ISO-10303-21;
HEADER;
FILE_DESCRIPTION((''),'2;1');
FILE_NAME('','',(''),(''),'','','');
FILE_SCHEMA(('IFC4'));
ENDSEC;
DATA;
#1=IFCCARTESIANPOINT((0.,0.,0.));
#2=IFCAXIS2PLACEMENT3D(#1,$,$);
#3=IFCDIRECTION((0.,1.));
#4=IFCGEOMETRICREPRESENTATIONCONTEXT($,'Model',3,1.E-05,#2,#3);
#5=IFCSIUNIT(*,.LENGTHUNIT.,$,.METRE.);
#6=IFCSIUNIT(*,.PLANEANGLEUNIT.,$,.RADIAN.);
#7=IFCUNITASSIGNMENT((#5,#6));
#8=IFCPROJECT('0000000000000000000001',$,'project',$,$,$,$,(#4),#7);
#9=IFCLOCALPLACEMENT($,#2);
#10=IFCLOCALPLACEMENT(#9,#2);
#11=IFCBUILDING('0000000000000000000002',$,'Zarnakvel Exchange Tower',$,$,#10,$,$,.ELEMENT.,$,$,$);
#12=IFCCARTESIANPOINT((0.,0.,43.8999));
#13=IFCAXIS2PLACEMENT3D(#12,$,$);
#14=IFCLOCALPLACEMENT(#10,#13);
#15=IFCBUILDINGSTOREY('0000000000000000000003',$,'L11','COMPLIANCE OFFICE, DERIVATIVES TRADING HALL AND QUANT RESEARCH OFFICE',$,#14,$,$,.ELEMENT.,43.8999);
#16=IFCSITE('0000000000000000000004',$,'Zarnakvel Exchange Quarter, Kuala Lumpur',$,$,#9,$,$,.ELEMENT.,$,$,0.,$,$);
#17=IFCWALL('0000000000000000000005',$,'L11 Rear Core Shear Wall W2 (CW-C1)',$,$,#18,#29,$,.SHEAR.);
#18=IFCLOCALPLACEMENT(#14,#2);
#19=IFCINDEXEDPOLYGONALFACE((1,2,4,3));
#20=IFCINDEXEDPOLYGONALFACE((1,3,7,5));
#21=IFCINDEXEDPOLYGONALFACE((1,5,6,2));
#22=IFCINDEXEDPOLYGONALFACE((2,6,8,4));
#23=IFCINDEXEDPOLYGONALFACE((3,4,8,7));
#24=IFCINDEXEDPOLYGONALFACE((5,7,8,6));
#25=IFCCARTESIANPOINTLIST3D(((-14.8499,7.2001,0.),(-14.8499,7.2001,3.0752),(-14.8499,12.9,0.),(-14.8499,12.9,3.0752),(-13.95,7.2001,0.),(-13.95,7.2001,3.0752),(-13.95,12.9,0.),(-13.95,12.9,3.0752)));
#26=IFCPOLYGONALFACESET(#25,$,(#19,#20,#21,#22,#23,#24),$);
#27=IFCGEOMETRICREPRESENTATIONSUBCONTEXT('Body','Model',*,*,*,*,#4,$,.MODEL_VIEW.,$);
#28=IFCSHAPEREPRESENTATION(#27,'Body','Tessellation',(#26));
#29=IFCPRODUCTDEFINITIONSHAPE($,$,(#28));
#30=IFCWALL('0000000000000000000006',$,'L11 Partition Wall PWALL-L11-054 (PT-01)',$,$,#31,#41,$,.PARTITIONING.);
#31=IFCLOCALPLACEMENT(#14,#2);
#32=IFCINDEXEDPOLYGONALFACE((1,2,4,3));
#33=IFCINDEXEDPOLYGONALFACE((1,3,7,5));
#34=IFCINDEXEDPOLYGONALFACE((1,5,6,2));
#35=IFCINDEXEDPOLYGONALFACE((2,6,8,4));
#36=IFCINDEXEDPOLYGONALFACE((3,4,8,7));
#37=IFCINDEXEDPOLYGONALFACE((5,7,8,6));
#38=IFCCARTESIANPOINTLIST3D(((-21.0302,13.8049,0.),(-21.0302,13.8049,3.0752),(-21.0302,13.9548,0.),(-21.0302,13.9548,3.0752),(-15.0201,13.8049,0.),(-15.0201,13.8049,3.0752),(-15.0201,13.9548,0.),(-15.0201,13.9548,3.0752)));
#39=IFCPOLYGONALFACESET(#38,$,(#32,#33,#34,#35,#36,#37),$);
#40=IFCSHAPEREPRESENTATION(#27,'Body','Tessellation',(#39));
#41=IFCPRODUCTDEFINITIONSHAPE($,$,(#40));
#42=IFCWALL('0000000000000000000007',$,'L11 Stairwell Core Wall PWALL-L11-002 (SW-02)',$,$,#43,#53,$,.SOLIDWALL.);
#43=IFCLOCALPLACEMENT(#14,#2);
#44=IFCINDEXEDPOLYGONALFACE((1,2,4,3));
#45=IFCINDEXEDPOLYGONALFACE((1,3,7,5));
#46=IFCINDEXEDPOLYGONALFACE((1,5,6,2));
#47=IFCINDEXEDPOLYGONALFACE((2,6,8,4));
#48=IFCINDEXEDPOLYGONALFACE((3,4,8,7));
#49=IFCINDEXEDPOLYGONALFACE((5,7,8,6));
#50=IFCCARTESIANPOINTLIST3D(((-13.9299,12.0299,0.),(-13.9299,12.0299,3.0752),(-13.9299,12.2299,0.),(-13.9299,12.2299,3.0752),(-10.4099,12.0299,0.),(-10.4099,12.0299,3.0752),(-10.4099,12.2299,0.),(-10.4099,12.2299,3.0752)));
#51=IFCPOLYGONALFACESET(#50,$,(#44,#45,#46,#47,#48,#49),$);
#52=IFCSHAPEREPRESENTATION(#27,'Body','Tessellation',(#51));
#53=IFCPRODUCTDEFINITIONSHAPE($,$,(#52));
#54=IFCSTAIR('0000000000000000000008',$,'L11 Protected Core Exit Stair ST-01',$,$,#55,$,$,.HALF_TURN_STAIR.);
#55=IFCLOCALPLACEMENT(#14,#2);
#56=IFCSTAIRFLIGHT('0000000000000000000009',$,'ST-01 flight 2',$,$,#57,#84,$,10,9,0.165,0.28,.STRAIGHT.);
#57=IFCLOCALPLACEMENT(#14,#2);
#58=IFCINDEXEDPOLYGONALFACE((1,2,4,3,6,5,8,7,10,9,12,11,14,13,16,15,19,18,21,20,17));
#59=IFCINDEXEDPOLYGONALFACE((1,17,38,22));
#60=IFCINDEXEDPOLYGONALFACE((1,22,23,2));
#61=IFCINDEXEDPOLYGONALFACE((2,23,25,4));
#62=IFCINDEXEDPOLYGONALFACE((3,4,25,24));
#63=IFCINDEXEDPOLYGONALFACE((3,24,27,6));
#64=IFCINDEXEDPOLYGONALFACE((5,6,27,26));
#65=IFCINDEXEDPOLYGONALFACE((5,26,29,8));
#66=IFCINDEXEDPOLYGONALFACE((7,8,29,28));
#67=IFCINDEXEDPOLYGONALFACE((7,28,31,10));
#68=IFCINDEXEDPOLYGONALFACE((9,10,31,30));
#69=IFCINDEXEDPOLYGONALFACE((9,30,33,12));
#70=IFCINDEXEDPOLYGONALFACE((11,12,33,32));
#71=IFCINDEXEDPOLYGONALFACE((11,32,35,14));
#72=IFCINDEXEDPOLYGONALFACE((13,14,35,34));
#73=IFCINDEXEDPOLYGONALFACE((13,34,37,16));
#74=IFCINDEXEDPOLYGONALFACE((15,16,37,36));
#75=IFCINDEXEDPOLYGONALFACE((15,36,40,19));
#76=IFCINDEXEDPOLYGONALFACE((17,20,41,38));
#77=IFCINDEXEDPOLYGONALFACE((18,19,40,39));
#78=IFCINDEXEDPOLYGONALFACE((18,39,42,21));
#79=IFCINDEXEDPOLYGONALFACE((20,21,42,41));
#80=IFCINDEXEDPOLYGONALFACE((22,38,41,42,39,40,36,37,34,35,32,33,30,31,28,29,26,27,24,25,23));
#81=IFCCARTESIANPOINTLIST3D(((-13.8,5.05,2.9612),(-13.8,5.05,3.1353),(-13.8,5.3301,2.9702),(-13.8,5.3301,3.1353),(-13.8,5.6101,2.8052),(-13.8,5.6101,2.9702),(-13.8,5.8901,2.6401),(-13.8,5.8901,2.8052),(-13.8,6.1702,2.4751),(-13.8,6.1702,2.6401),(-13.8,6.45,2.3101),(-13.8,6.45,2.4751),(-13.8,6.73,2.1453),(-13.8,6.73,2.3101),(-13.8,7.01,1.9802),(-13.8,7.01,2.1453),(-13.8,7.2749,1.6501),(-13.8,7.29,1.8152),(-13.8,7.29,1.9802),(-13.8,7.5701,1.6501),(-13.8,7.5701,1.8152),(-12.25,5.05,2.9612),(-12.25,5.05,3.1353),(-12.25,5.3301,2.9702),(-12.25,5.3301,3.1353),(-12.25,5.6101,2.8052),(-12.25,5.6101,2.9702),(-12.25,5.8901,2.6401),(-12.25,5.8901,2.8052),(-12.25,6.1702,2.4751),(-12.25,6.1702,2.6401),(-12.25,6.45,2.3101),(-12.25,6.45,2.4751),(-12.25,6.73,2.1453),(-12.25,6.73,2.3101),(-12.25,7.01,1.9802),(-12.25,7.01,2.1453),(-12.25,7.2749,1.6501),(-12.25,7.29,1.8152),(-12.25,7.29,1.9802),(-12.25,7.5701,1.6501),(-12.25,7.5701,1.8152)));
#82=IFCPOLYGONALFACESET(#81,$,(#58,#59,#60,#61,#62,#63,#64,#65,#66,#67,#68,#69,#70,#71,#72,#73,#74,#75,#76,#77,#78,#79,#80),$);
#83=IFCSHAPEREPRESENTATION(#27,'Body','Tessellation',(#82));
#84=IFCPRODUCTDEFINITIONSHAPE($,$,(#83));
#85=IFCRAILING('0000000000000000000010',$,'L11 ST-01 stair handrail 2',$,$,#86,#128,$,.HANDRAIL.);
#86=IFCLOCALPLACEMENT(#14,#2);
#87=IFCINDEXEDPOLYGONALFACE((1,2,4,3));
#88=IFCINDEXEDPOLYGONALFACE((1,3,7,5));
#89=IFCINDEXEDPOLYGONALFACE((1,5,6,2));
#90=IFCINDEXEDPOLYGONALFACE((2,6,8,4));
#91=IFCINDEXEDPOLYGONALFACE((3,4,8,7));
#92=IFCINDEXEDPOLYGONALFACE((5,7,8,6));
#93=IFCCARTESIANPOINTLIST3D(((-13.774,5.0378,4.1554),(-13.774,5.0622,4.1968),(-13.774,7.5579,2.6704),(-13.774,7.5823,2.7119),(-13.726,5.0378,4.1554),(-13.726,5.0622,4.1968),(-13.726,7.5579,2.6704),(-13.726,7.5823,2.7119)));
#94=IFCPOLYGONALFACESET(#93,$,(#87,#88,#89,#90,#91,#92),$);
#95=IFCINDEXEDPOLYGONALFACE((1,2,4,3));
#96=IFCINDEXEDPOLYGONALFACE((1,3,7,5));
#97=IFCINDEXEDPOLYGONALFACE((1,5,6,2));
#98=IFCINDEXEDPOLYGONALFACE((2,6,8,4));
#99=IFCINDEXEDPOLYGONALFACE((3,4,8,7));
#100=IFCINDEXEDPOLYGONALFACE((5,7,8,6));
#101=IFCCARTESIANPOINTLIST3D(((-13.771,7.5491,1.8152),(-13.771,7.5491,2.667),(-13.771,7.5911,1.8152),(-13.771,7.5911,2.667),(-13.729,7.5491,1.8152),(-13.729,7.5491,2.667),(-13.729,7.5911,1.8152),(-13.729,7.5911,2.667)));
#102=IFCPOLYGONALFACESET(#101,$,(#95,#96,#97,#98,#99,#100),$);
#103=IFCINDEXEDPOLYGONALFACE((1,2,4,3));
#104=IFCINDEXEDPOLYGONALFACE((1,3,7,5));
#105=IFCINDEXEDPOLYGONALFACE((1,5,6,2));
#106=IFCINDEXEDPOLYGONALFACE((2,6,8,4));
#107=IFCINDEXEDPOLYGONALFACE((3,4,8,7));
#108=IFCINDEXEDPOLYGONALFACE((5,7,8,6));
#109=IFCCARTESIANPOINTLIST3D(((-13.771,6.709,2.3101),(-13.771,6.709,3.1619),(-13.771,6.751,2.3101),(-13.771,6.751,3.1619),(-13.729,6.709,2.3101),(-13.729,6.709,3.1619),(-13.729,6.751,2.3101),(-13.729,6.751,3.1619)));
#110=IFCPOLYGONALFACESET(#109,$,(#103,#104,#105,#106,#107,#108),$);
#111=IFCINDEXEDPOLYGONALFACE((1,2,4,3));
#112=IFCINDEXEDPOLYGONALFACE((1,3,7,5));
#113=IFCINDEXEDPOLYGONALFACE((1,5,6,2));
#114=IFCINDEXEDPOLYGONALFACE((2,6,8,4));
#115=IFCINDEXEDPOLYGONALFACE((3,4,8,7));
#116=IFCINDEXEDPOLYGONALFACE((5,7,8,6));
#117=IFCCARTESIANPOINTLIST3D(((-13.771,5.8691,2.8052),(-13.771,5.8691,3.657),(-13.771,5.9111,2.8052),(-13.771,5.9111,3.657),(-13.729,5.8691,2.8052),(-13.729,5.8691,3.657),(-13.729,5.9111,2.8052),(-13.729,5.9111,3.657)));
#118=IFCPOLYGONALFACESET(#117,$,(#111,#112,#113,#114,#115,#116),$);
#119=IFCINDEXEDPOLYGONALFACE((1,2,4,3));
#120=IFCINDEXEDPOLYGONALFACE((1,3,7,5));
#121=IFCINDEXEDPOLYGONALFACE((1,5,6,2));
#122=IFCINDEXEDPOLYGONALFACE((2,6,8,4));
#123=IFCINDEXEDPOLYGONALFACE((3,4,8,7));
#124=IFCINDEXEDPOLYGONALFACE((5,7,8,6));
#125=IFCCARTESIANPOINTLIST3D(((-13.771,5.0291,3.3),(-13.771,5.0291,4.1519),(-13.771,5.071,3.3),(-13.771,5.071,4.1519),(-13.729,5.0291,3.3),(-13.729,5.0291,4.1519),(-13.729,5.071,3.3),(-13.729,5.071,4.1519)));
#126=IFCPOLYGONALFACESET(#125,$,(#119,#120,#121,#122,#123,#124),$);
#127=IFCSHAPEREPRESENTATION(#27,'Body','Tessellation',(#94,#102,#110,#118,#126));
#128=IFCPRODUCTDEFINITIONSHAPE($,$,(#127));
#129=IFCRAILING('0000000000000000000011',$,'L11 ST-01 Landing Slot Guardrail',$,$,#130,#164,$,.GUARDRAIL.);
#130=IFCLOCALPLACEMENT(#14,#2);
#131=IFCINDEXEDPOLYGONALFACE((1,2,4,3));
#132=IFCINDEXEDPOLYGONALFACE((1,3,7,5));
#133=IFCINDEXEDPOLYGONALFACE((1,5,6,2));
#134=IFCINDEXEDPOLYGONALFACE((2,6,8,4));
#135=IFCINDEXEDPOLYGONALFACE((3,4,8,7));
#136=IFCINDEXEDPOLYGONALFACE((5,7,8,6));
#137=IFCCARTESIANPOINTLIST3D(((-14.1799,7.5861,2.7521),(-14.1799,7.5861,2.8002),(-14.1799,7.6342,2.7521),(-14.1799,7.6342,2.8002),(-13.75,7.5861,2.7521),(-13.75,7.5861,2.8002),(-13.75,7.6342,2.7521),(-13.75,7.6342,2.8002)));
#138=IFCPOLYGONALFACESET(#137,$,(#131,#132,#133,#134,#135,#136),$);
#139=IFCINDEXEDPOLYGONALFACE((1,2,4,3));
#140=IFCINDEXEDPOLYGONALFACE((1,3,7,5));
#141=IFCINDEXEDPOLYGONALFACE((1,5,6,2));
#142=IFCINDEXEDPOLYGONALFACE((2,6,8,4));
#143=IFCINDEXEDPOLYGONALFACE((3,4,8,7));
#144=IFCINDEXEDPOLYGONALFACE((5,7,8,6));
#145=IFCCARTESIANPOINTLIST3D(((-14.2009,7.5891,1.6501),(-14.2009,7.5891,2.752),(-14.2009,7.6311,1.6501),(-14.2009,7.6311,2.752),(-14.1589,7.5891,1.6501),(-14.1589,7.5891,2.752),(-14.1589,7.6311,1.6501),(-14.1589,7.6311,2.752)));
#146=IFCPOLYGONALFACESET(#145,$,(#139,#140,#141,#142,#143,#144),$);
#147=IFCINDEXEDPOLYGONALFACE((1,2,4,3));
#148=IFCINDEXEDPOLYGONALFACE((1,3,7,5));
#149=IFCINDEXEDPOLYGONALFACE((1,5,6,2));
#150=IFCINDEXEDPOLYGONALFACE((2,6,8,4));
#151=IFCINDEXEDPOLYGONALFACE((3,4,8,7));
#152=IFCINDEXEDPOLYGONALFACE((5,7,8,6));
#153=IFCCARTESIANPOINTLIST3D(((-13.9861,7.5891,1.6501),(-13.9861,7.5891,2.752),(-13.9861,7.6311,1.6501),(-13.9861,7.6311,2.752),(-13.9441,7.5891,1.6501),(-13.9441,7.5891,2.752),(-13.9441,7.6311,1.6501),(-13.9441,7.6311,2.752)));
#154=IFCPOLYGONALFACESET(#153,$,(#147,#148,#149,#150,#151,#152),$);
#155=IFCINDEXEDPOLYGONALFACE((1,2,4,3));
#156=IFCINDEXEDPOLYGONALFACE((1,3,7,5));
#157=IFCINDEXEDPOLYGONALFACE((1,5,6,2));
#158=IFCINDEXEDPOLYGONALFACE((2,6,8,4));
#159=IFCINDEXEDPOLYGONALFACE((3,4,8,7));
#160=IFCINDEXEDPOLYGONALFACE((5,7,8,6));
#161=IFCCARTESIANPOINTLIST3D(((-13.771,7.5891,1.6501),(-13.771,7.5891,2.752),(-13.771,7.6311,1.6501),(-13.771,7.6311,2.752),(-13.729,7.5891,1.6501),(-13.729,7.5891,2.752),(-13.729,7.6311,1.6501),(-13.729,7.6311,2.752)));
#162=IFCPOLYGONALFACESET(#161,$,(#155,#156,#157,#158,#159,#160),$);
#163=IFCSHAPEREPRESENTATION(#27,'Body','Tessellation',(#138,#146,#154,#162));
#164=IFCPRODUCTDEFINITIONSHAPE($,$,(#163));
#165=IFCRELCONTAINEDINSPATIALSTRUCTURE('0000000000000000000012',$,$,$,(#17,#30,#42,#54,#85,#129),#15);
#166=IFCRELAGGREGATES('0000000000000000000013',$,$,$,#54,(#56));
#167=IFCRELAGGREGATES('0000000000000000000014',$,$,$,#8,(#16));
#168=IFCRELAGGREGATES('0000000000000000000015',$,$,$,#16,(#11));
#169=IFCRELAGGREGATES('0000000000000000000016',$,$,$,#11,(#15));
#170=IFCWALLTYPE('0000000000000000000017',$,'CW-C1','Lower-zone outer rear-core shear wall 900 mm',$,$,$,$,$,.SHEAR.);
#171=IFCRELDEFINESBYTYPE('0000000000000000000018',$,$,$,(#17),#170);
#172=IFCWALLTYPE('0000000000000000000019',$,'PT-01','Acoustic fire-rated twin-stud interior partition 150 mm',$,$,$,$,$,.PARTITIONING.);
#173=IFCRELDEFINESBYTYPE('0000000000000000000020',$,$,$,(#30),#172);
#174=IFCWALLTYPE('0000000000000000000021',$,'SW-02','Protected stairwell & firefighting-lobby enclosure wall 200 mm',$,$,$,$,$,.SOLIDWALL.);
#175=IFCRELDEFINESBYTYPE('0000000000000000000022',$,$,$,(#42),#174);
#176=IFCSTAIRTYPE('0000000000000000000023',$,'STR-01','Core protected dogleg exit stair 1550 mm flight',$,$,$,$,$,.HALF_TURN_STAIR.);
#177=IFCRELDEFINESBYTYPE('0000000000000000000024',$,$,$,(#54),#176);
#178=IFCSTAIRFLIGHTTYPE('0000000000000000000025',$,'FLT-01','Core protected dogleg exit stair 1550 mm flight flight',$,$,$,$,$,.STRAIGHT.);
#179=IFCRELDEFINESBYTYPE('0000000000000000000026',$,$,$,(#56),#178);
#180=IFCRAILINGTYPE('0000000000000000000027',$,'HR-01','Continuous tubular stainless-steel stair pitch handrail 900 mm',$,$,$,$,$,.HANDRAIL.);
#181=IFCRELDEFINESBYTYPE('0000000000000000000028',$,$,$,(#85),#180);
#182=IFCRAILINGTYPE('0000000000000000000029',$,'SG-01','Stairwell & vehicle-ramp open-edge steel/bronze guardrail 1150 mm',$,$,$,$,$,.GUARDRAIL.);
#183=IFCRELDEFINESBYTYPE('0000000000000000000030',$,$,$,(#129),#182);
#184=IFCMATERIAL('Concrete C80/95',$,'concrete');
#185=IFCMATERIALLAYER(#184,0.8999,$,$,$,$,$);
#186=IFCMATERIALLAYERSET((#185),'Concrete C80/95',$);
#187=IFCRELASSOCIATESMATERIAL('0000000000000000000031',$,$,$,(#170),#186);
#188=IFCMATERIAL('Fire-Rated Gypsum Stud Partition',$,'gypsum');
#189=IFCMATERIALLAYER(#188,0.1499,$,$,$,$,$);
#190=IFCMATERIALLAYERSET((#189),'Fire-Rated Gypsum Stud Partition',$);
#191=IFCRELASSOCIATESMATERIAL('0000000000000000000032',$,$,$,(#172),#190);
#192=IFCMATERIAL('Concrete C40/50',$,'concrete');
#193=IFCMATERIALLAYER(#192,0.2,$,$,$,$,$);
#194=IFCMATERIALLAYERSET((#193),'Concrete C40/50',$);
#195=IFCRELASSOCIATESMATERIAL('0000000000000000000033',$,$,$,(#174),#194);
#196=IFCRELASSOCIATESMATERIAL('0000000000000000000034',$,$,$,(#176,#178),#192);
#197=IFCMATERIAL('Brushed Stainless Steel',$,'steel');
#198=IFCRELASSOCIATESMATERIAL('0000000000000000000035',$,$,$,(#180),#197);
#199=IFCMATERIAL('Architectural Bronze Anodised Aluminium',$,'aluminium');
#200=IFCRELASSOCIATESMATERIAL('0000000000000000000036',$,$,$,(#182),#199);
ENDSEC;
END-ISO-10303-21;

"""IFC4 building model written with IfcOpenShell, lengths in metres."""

from ifc_helpers import new_model, si_unit, direction, frame, frame_2d, origin, origin_2d, place, context, subcontext, project, spatial, polyline, rectangle, outline, extrude, material, layer, layer_set, type_object, element, aggregate, save


model = new_model("IFC4")

# Units and contexts
model_context = context("Model", 3, precision=1e-05, world=origin(), true_north=direction((0.0, 1.0)))
body_context = subcontext(model_context, "Body", "Model", "MODEL_VIEW")
ifc_project = project(units=[si_unit("LENGTHUNIT", "METRE"), si_unit("PLANEANGLEUNIT", "RADIAN")], contexts=[model_context])

# Site, building, storey
site_placement = place(None, origin())
site = spatial("IfcSite", under=ifc_project, at=site_placement, Name="Zarnakvel Exchange Quarter, Kuala Lumpur", CompositionType="ELEMENT", RefElevation=0.0)
building_placement = place(site_placement, origin())
building = spatial("IfcBuilding", under=site, at=building_placement, Name="Zarnakvel Exchange Tower", CompositionType="ELEMENT")
storey_placement = place(building_placement, frame((0.0, 0.0, 43.8999)))
storey = spatial("IfcBuildingStorey", under=building, at=storey_placement, Name="L11", Description="COMPLIANCE OFFICE, DERIVATIVES TRADING HALL AND QUANT RESEARCH OFFICE", CompositionType="ELEMENT", Elevation=43.8999)

# Shared definitions
ifc_material_1 = material(Name="Concrete C80/95", Category="concrete")

# Shared definitions
ifc_material_2 = material(Name="Architectural Bronze Anodised Aluminium", Category="aluminium")

# Walls
ifc_layer_1 = layer(ifc_material_1, 0.8999)
ifc_layer_set_1 = layer_set([ifc_layer_1], Name="Concrete C80/95")
wall_type_1 = type_object("IfcWallType", Name="CW-C1", Description="Lower-zone outer rear-core shear wall 900 mm", PredefinedType="SHEAR", material=ifc_layer_set_1)
wall_1_placement = place(storey_placement, frame((-14.3999, 7.2, 0.0), z_axis=(0.0, 0.0, 1.0), x_axis=(0.0, 1.0, 0.0)))
element("IfcWall", 1, at=wall_1_placement, inside=storey, type_object=wall_type_1, Name="L11 Rear Core Shear Wall W2 (CW-C1)", PredefinedType="SHEAR", context=body_context, shape_type="SweptSolid", body=[
    extrude(rectangle(XDim=5.7, YDim=0.8999, at=frame_2d((2.8501, 0.0))), origin(), (0.0, 0.0, 1.0), 3.0752),
])
ifc_material_3 = material(Name="Fire-Rated Gypsum Stud Partition", Category="gypsum")
ifc_layer_2 = layer(ifc_material_3, 0.1499)
ifc_layer_set_2 = layer_set([ifc_layer_2], Name="Fire-Rated Gypsum Stud Partition")
wall_type_2 = type_object("IfcWallType", Name="PT-01", Description="Acoustic fire-rated twin-stud interior partition 150 mm", PredefinedType="PARTITIONING", material=ifc_layer_set_2)
wall_2_placement = place(storey_placement, frame((-21.03, 13.8799, 0.0), z_axis=(0.0, 0.0, 1.0), x_axis=(1.0, 0.0, 0.0)))
element("IfcWall", 2, at=wall_2_placement, inside=storey, type_object=wall_type_2, Name="L11 Partition Wall PWALL-L11-054 (PT-01)", PredefinedType="PARTITIONING", context=body_context, shape_type="SweptSolid", body=[
    extrude(rectangle(XDim=6.01, YDim=0.1499, at=frame_2d((3.0049, 0.0))), origin(), (0.0, 0.0, 1.0), 3.0752),
])
ifc_material_4 = material(Name="Concrete C40/50", Category="concrete")
ifc_layer_3 = layer(ifc_material_4, 0.2)
ifc_layer_set_3 = layer_set([ifc_layer_3], Name="Concrete C40/50")
wall_type_3 = type_object("IfcWallType", Name="SW-02", Description="Protected stairwell & firefighting-lobby enclosure wall 200 mm", PredefinedType="SOLIDWALL", material=ifc_layer_set_3)
wall_3_placement = place(storey_placement, frame((-13.9299, 12.1299, 0.0), z_axis=(0.0, 0.0, 1.0), x_axis=(1.0, 0.0, 0.0)))
element("IfcWall", 3, at=wall_3_placement, inside=storey, type_object=wall_type_3, Name="L11 Stairwell Core Wall PWALL-L11-002 (SW-02)", PredefinedType="SOLIDWALL", context=body_context, shape_type="SweptSolid", body=[
    extrude(rectangle(XDim=3.52, YDim=0.2, at=frame_2d((1.76, 0.0))), origin(), (0.0, 0.0, 1.0), 3.0752),
])

# Stair, stair flight
stair_type = type_object("IfcStairType", Name="STR-01", Description="Core protected dogleg exit stair 1550 mm flight", PredefinedType="HALF_TURN_STAIR", material=ifc_material_4)
stair_placement = place(storey_placement, origin())
stair = element("IfcStair", 4, at=stair_placement, inside=storey, type_object=stair_type, Name="L11 Protected Core Exit Stair ST-01", PredefinedType="HALF_TURN_STAIR")
stair_flight_type = type_object("IfcStairFlightType", Name="FLT-01", Description="Core protected dogleg exit stair 1550 mm flight flight", PredefinedType="STRAIGHT", material=ifc_material_4)
stair_flight_placement = place(storey_placement, frame((-13.0249, 7.5701, 1.6501), z_axis=(0.0, 0.0, 1.0), x_axis=(0.0, -1.0, 0.0)))
stair_flight = element("IfcStairFlight", 5, at=stair_flight_placement, type_object=stair_flight_type, Name="ST-01 flight 2", NumberOfRisers=10, NumberOfTreads=9, PredefinedType="STRAIGHT", RiserHeight=0.165, TreadLength=0.28, context=body_context, shape_type="SweptSolid", body=[
    extrude(outline(polyline([(0.0, 0.0), (0.0, 0.165), (0.28, 0.165), (0.28, 0.3301), (0.5601, 0.3301), (0.5601, 0.4951), (0.8401, 0.4951), (0.8401, 0.6599), (1.1201, 0.6599), (1.1201, 0.825), (1.3999, 0.825), (1.3999, 0.99), (1.6799, 0.99), (1.6799, 1.155), (1.96, 1.155), (1.96, 1.3201), (2.24, 1.3201), (2.24, 1.4851), (2.52, 1.4851), (2.52, 1.6499), (2.52, 1.311), (0.2952, 0.0), (0.0, 0.0)])), frame((0.0, 0.7749, 0.0), z_axis=(0.0, -1.0, 0.0), x_axis=(1.0, 0.0, 0.0)), (0.0, 0.0, 1.0), 1.55),
])
aggregate(stair, [stair_flight])

# Railings
ifc_material_5 = material(Name="Brushed Stainless Steel", Category="steel")
railing_type_1 = type_object("IfcRailingType", Name="HR-01", Description="Continuous tubular stainless-steel stair pitch handrail 900 mm", PredefinedType="HANDRAIL", material=ifc_material_5)
railing_1_placement = place(storey_placement, frame((-13.75, 7.5701, 1.8152)))
element("IfcRailing", 6, at=railing_1_placement, inside=storey, type_object=railing_type_1, Name="L11 ST-01 stair handrail 2", PredefinedType="HANDRAIL", context=body_context, shape_type="SweptSolid", body=[
    extrude(rectangle(XDim=0.0481, YDim=0.0481, at=origin_2d()), frame((0.0, 0.0, 0.876), z_axis=(0.0, -0.861561, 0.507655), x_axis=(1.0, 0.0, 0.0)), (0.0, 0.0, 1.0), 2.925),
    extrude(rectangle(XDim=0.042, YDim=0.042, at=origin_2d()), origin(), (0.0, 0.0, 1.0), 0.8518),
    extrude(rectangle(XDim=0.042, YDim=0.042, at=origin_2d()), frame((0.0, -0.8401, 0.4949)), (0.0, 0.0, 1.0), 0.8518),
    extrude(rectangle(XDim=0.042, YDim=0.042, at=origin_2d()), frame((0.0, -1.6799, 0.99)), (0.0, 0.0, 1.0), 0.8518),
    extrude(rectangle(XDim=0.042, YDim=0.042, at=origin_2d()), frame((0.0, -2.52, 1.4849)), (0.0, 0.0, 1.0), 0.8518),
])
railing_type_2 = type_object("IfcRailingType", Name="SG-01", Description="Stairwell & vehicle-ramp open-edge steel/bronze guardrail 1150 mm", PredefinedType="GUARDRAIL", material=ifc_material_2)
railing_2_placement = place(storey_placement, frame((-14.1799, 7.6101, 1.6501)))
element("IfcRailing", 7, at=railing_2_placement, inside=storey, type_object=railing_type_2, Name="L11 ST-01 Landing Slot Guardrail", PredefinedType="GUARDRAIL", context=body_context, shape_type="SweptSolid", body=[
    extrude(rectangle(XDim=0.0481, YDim=0.0481, at=origin_2d()), frame((0.0, 0.0, 1.126), z_axis=(1.0, 0.0, 0.0), x_axis=(0.0, 1.0, 0.0)), (0.0, 0.0, 1.0), 0.4299),
    extrude(rectangle(XDim=0.042, YDim=0.042, at=origin_2d()), origin(), (0.0, 0.0, 1.0), 1.1018),
    extrude(rectangle(XDim=0.042, YDim=0.042, at=origin_2d()), frame((0.2148, 0.0, 0.0)), (0.0, 0.0, 1.0), 1.1018),
    extrude(rectangle(XDim=0.042, YDim=0.042, at=origin_2d()), frame((0.4299, 0.0, 0.0)), (0.0, 0.0, 1.0), 1.1018),
])

save(model, "model.ifc")
